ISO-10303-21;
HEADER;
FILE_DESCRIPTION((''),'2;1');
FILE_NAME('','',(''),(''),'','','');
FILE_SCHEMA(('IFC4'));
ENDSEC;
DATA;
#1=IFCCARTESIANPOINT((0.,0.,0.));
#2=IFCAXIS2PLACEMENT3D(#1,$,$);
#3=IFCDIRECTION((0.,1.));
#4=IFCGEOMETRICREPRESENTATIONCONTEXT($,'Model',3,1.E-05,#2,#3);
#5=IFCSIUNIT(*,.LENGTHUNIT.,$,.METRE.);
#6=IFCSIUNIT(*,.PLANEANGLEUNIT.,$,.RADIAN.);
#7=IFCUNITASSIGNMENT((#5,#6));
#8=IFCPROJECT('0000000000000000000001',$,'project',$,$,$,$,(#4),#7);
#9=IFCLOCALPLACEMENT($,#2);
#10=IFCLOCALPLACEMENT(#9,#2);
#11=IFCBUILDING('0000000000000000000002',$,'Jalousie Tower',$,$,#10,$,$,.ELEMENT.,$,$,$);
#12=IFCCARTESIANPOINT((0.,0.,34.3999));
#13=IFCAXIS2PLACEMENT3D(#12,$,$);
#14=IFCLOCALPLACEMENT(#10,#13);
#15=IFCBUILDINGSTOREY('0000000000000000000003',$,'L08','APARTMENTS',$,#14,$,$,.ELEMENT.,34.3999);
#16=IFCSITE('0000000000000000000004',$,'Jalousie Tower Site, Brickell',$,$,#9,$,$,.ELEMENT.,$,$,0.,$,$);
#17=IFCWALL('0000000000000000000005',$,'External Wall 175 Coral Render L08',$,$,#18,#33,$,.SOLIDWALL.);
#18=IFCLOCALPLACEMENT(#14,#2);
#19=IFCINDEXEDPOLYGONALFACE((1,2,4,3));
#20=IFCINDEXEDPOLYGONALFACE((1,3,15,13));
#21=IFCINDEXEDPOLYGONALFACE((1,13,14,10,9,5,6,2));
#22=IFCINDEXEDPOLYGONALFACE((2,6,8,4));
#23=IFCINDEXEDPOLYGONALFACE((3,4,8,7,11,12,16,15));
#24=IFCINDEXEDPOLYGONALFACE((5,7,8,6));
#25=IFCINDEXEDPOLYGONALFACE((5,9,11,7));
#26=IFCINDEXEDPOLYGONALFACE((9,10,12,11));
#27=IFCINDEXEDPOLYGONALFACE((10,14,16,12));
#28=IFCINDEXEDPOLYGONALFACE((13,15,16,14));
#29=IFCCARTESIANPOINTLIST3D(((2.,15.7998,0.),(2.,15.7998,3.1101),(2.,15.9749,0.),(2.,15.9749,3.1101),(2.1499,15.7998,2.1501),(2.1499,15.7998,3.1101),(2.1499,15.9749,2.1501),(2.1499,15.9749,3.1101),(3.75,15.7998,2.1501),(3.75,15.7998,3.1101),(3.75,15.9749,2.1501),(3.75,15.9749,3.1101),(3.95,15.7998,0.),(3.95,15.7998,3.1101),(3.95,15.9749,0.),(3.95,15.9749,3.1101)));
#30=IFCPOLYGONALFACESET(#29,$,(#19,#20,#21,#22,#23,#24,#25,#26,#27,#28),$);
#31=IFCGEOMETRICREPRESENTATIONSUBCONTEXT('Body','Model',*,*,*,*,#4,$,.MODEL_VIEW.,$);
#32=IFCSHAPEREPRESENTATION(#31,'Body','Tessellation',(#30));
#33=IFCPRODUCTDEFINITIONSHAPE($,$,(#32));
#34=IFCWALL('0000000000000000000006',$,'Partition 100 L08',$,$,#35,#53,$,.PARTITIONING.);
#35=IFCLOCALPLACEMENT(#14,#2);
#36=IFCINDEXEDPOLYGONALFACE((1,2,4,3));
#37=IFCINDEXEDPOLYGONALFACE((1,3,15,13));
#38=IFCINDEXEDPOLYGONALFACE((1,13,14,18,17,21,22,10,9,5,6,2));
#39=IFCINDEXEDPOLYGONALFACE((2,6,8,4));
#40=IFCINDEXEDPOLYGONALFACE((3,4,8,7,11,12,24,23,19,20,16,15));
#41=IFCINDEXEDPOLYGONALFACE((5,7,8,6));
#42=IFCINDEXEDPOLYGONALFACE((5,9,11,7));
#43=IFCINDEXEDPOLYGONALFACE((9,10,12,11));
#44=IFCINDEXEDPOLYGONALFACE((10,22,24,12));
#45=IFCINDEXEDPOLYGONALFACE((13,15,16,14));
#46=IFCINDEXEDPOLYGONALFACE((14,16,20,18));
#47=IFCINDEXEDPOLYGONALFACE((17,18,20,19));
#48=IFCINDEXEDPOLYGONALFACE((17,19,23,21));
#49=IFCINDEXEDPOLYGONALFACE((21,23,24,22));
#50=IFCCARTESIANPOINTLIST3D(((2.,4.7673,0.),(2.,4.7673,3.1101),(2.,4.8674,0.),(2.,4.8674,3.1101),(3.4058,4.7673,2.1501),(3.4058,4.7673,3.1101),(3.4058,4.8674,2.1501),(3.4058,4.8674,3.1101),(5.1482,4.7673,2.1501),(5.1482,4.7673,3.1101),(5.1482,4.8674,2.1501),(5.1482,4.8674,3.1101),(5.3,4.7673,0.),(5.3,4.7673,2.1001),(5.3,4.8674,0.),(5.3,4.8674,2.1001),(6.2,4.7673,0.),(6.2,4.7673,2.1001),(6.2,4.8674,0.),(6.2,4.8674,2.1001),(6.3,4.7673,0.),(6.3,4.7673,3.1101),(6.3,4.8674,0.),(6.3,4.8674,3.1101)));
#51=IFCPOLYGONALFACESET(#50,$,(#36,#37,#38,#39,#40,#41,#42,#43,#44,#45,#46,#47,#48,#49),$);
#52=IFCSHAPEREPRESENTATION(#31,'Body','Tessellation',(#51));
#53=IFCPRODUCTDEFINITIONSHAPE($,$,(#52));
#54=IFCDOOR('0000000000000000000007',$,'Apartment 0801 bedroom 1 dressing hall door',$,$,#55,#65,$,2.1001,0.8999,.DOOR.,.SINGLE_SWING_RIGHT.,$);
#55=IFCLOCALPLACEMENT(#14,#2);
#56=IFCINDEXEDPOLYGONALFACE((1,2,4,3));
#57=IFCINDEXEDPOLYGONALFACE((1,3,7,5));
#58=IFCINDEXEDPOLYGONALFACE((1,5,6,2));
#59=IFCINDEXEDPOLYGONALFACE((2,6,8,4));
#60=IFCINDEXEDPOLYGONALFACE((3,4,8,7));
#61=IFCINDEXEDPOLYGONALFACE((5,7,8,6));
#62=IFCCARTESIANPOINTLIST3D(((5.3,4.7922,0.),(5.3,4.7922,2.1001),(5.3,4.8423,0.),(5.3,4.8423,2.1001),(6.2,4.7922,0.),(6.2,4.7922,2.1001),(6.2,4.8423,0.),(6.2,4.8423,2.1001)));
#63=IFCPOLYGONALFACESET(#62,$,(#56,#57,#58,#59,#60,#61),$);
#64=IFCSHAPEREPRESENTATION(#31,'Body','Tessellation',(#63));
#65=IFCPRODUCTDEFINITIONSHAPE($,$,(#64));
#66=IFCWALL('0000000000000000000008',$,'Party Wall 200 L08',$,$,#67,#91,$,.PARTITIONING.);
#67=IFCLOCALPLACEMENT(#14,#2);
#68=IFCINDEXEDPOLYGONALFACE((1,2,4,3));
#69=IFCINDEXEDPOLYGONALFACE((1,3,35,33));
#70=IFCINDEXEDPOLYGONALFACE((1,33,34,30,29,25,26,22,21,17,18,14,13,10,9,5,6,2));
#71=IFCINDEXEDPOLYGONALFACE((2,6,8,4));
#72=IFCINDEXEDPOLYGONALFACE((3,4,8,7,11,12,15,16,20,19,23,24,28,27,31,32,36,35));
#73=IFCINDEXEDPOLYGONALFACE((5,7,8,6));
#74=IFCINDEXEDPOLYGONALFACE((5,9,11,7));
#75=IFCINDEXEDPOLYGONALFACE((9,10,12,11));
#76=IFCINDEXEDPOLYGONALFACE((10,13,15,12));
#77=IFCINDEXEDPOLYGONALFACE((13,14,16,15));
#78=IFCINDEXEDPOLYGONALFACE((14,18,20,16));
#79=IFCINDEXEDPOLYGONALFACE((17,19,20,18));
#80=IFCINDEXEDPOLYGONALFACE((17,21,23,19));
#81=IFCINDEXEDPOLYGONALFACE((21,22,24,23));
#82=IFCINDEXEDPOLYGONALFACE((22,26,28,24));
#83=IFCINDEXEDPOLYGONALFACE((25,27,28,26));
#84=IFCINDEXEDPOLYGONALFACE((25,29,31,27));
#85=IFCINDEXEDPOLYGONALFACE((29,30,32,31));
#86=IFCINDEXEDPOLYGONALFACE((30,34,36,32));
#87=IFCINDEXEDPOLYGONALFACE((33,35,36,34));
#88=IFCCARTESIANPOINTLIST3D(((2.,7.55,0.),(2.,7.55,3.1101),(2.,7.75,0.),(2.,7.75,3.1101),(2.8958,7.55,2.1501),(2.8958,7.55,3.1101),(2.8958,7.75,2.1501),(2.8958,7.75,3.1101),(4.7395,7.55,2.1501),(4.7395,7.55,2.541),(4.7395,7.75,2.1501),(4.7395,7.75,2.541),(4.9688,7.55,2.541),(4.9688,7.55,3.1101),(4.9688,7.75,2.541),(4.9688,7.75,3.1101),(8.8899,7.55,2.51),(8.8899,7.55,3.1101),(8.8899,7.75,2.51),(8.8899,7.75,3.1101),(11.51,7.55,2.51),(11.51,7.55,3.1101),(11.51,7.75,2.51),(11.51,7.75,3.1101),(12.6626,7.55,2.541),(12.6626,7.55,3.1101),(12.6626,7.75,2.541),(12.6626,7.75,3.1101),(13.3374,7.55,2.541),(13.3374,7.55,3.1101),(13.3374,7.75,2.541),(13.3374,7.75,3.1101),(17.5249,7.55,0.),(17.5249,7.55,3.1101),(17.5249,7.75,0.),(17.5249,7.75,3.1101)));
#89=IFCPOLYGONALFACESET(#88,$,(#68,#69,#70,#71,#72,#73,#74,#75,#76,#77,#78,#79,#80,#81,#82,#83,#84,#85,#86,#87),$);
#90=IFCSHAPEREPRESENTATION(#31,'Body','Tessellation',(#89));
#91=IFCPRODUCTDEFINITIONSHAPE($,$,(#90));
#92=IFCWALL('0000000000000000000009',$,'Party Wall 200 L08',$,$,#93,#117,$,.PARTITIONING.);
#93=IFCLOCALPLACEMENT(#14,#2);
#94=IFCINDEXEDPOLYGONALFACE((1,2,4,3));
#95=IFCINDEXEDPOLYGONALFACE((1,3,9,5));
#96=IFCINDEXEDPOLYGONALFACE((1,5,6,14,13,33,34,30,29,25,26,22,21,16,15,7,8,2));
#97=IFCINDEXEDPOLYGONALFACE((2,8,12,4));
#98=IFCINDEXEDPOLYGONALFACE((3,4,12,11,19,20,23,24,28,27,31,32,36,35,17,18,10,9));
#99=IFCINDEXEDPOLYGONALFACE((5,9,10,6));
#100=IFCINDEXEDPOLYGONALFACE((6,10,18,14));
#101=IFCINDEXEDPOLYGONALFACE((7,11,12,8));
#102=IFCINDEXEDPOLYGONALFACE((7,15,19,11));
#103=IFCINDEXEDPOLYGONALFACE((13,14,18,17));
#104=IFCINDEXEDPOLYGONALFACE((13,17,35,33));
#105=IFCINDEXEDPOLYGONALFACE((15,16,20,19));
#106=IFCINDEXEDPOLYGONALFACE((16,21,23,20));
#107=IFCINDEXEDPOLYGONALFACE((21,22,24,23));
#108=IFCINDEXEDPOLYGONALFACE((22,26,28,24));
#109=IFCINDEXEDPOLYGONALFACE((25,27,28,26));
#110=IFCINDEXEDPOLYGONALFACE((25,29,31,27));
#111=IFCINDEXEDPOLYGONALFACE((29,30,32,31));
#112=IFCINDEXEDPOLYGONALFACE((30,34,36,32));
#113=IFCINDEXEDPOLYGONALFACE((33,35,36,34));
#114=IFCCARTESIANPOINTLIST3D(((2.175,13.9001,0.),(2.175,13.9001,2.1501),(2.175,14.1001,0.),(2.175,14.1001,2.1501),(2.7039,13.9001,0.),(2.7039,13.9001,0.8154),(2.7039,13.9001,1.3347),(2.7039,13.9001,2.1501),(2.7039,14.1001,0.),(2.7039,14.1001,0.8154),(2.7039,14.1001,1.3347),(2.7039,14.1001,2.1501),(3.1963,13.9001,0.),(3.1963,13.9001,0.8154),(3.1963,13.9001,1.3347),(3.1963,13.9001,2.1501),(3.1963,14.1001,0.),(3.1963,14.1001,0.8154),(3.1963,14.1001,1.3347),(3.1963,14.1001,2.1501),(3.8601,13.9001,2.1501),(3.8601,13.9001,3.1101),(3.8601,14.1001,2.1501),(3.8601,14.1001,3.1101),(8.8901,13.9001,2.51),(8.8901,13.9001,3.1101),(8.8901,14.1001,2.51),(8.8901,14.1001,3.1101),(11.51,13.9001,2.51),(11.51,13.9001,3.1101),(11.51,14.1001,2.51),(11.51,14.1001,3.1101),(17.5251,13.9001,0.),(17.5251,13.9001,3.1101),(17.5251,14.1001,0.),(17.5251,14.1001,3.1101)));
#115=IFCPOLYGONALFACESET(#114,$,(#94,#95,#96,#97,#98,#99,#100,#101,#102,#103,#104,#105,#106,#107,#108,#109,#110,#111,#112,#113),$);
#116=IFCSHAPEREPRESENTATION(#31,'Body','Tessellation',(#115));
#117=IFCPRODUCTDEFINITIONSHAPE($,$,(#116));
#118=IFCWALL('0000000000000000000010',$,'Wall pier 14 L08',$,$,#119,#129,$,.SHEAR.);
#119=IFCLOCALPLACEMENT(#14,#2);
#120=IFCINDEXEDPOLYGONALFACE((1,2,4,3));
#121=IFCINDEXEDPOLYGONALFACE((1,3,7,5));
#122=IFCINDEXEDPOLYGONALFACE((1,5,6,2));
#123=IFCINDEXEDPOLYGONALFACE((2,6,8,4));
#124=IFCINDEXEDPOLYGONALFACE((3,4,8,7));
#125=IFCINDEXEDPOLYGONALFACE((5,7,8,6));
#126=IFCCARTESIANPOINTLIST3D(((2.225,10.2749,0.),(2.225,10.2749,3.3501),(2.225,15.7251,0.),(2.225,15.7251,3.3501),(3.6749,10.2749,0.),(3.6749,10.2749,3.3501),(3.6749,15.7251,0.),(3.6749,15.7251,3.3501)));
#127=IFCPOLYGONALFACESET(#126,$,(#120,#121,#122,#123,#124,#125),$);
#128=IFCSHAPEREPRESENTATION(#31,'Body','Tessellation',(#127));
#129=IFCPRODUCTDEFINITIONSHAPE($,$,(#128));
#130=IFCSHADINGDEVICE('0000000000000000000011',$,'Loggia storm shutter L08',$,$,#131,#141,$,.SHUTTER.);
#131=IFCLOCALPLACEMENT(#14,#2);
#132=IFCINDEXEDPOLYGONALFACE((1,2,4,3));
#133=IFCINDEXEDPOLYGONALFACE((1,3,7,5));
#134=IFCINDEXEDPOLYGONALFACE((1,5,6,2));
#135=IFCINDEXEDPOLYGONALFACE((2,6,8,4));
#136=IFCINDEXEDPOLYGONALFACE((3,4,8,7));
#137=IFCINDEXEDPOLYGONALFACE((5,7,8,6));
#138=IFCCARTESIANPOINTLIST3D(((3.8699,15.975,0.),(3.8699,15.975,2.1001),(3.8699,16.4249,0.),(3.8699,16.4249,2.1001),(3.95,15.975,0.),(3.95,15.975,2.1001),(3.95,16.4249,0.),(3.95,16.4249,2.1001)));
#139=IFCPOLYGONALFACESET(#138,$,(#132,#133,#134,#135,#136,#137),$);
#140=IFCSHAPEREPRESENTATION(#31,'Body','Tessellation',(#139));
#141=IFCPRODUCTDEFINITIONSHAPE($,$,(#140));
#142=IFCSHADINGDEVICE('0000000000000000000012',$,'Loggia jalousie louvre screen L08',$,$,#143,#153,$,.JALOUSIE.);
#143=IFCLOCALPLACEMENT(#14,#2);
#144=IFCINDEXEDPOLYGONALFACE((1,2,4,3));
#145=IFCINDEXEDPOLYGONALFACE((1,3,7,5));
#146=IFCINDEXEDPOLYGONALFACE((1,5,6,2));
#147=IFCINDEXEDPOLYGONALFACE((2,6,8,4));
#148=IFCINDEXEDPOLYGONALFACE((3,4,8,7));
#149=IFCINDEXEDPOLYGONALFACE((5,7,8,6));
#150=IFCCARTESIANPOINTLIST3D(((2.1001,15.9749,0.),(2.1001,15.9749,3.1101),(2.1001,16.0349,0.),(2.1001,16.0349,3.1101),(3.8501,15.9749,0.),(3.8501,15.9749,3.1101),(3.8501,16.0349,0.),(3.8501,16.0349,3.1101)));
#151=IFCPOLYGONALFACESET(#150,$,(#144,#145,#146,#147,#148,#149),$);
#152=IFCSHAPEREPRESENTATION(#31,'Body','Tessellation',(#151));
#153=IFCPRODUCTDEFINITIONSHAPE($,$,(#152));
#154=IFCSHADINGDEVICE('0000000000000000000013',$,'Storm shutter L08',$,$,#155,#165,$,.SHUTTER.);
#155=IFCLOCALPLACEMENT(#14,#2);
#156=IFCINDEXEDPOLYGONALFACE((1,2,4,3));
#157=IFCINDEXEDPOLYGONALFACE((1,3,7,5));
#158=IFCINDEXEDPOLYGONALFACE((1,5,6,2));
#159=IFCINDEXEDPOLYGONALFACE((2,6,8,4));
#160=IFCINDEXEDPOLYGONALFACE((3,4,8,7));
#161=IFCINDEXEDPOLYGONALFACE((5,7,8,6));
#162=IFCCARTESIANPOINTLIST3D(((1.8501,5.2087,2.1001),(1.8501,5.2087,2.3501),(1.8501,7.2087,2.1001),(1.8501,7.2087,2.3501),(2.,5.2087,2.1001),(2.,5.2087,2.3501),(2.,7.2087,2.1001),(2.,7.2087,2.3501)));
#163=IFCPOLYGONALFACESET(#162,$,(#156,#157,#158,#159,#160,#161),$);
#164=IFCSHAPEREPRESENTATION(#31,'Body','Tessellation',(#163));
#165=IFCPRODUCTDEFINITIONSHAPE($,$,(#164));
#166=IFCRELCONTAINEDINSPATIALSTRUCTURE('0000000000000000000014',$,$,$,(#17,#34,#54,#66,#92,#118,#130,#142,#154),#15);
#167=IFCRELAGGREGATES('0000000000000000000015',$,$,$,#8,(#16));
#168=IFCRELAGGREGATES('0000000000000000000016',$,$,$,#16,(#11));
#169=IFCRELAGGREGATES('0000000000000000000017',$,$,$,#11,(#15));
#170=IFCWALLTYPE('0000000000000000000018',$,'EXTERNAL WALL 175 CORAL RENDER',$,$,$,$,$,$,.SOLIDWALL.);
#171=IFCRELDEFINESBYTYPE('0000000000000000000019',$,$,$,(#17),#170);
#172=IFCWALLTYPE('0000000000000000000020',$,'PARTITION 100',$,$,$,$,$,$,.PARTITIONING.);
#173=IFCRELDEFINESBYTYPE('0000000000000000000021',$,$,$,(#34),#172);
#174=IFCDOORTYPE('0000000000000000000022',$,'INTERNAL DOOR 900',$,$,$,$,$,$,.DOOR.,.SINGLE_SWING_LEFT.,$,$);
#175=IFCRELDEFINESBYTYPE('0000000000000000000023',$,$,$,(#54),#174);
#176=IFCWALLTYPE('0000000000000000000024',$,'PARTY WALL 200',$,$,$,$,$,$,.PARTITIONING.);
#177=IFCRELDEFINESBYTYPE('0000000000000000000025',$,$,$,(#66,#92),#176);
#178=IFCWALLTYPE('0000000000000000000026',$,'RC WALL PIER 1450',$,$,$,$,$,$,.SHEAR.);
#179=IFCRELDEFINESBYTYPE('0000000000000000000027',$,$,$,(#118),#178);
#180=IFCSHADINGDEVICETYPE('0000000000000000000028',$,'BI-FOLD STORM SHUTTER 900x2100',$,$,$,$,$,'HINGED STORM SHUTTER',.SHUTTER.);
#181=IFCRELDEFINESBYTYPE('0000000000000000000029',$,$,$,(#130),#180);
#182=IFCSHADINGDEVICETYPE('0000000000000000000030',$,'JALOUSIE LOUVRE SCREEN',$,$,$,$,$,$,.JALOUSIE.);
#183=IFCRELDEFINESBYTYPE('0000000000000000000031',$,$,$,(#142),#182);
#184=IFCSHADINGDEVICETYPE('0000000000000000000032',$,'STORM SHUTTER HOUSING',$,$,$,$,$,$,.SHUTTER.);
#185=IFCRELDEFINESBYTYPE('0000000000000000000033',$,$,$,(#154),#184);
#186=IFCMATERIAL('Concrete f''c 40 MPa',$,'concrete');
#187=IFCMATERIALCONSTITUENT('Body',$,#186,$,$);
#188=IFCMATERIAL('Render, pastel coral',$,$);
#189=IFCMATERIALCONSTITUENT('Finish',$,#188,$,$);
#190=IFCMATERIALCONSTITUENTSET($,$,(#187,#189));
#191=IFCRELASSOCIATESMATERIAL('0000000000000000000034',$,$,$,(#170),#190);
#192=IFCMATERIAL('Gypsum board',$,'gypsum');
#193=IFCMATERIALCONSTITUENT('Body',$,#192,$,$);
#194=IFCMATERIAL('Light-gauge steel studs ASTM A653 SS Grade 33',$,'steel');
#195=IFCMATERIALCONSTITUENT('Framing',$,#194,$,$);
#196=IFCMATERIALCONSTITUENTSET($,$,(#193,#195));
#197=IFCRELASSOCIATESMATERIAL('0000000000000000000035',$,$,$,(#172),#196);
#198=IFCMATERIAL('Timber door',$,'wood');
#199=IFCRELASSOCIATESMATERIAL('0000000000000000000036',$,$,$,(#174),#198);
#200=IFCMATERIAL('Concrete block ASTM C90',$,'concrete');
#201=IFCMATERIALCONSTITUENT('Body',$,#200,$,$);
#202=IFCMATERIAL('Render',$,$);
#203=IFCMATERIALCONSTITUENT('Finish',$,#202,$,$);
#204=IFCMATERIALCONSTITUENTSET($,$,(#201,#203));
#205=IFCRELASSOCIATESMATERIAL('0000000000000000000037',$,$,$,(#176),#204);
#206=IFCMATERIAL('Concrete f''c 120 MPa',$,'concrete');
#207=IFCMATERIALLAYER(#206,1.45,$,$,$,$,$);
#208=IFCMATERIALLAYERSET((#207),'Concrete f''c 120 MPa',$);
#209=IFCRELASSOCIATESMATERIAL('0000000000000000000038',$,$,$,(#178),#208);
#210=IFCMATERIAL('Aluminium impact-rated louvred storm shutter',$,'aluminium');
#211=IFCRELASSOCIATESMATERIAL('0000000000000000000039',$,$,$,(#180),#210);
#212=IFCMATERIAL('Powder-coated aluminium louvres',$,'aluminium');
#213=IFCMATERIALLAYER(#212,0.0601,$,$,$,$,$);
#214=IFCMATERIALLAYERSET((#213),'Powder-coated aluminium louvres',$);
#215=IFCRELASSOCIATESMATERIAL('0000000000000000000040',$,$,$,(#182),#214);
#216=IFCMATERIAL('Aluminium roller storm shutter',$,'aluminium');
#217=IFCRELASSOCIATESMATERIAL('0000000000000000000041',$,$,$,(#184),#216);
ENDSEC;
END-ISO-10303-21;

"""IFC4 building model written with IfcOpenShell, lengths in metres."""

from ifc_helpers import new_model, si_unit, direction, frame, frame_2d, origin, origin_2d, place, context, subcontext, project, spatial, polyline, rectangle, outline, extrude, material, layer, layer_set, constituent, constituent_set, type_object, element, fill, save


model = new_model("IFC4")

# Units and contexts
model_context = context("Model", 3, precision=1e-05, world=origin(), true_north=direction((0.0, 1.0)))
body_context = subcontext(model_context, "Body", "Model", "MODEL_VIEW")
ifc_project = project(units=[si_unit("LENGTHUNIT", "METRE"), si_unit("PLANEANGLEUNIT", "RADIAN")], contexts=[model_context])

# Site, building, storey
site_placement = place(None, origin())
site = spatial("IfcSite", under=ifc_project, at=site_placement, Name="Jalousie Tower Site, Brickell", CompositionType="ELEMENT", RefElevation=0.0)
building_placement = place(site_placement, origin())
building = spatial("IfcBuilding", under=site, at=building_placement, Name="Jalousie Tower", CompositionType="ELEMENT")
storey_placement = place(building_placement, frame((0.0, 0.0, 34.3999)))
storey = spatial("IfcBuildingStorey", under=building, at=storey_placement, Name="L08", Description="APARTMENTS", CompositionType="ELEMENT", Elevation=34.3999)

# Shared definitions
ifc_material_1 = material(Name="Concrete f'c 40 MPa", Category="concrete")
ifc_constituent_1 = constituent(ifc_material_1, Name="Body")
ifc_material_2 = material(Name="Render, pastel coral")
ifc_constituent_2 = constituent(ifc_material_2, Name="Finish")
ifc_constituent_set_1 = constituent_set(constituents=[ifc_constituent_1, ifc_constituent_2])
wall_type_1 = type_object("IfcWallType", Name="EXTERNAL WALL 175 CORAL RENDER", PredefinedType="SOLIDWALL", material=ifc_constituent_set_1)

# Wall
wall_1_placement = place(storey_placement, frame((2.0, 15.8875, 0.0), z_axis=(0.0, 0.0, 1.0), x_axis=(1.0, 0.0, 0.0)))
element("IfcWall", 1, at=wall_1_placement, inside=storey, type_object=wall_type_1, Name="External Wall 175 Coral Render L08", PredefinedType="SOLIDWALL", context=body_context, shape_type="SweptSolid", body=[
    extrude(outline(polyline([(0.0, 0.0), (1.95, 0.0), (1.95, 3.1101), (1.75, 3.1101), (1.75, 2.1501), (0.1499, 2.1501), (0.1499, 3.1101), (0.0, 3.1101), (0.0, 0.0)])), frame((0.0, 0.0874, 0.0), z_axis=(0.0, -1.0, 0.0), x_axis=(1.0, 0.0, 0.0)), (0.0, 0.0, 1.0), 0.175),
])

# Wall, opening, door
ifc_material_3 = material(Name="Gypsum board", Category="gypsum")
ifc_constituent_3 = constituent(ifc_material_3, Name="Body")
ifc_material_4 = material(Name="Light-gauge steel studs ASTM A653 SS Grade 33", Category="steel")
ifc_constituent_4 = constituent(ifc_material_4, Name="Framing")
ifc_constituent_set_2 = constituent_set(constituents=[ifc_constituent_3, ifc_constituent_4])
wall_type_2 = type_object("IfcWallType", Name="PARTITION 100", PredefinedType="PARTITIONING", material=ifc_constituent_set_2)
wall_2_placement = place(storey_placement, frame((2.0, 4.8174, 0.0), z_axis=(0.0, 0.0, 1.0), x_axis=(1.0, 0.0, 0.0)))
wall_2 = element("IfcWall", 2, at=wall_2_placement, inside=storey, type_object=wall_type_2, Name="Partition 100 L08", PredefinedType="PARTITIONING", context=body_context, shape_type="SweptSolid", body=[
    extrude(outline(polyline([(0.0, 0.0), (4.3, 0.0), (4.3, 3.1101), (3.1482, 3.1101), (3.1482, 2.1501), (1.4058, 2.1501), (1.4058, 3.1101), (0.0, 3.1101), (0.0, 0.0)])), frame((0.0, 0.05, 0.0), z_axis=(0.0, -1.0, 0.0), x_axis=(1.0, 0.0, 0.0)), (0.0, 0.0, 1.0), 0.1001),
])
opening_1_placement = place(wall_2_placement, frame((3.3, 0.0, 0.0)))
opening_1 = element("IfcOpeningElement", 3, at=opening_1_placement, cuts=wall_2, PredefinedType="OPENING", context=body_context, shape_type="SweptSolid", body=[
    extrude(rectangle(XDim=0.8999, YDim=2.1001, at=frame_2d((0.45, 1.05))), frame((0.0, 0.0601, 0.0), z_axis=(0.0, -1.0, 0.0), x_axis=(1.0, 0.0, 0.0)), (0.0, 0.0, 1.0), 0.1201),
])
ifc_material_5 = material(Name="Timber door", Category="wood")
door_type = type_object("IfcDoorType", Name="INTERNAL DOOR 900", OperationType="SINGLE_SWING_LEFT", PredefinedType="DOOR", material=ifc_material_5)
door_placement = place(opening_1_placement, origin())
door = element("IfcDoor", 4, at=door_placement, inside=storey, type_object=door_type, Name="Apartment 0801 bedroom 1 dressing hall door", OperationType="SINGLE_SWING_RIGHT", OverallHeight=2.1001, OverallWidth=0.8999, PredefinedType="DOOR", context=body_context, shape_type="SweptSolid", body=[
    extrude(rectangle(XDim=0.8999, YDim=2.1001, at=frame_2d((0.45, 1.05))), frame((0.0, 0.0249, 0.0), z_axis=(0.0, -1.0, 0.0), x_axis=(1.0, 0.0, 0.0)), (0.0, 0.0, 1.0), 0.05),
])
fill(opening_1, door)

# Walls
ifc_material_6 = material(Name="Concrete block ASTM C90", Category="concrete")
ifc_constituent_5 = constituent(ifc_material_6, Name="Body")
ifc_material_7 = material(Name="Render")
ifc_constituent_6 = constituent(ifc_material_7, Name="Finish")
ifc_constituent_set_3 = constituent_set(constituents=[ifc_constituent_5, ifc_constituent_6])
wall_type_3 = type_object("IfcWallType", Name="PARTY WALL 200", PredefinedType="PARTITIONING", material=ifc_constituent_set_3)
wall_3_placement = place(storey_placement, frame((2.0, 7.6499, 0.0), z_axis=(0.0, 0.0, 1.0), x_axis=(1.0, 0.0, 0.0)))
element("IfcWall", 5, at=wall_3_placement, inside=storey, type_object=wall_type_3, Name="Party Wall 200 L08", PredefinedType="PARTITIONING", context=body_context, shape_type="SweptSolid", body=[
    extrude(outline(polyline([(0.0, 0.0), (15.5249, 0.0), (15.5249, 3.1101), (11.3374, 3.1101), (11.3374, 2.541), (10.6626, 2.541), (10.6626, 3.1101), (9.51, 3.1101), (9.51, 2.51), (6.8899, 2.51), (6.8899, 3.1101), (2.9688, 3.1101), (2.9688, 2.541), (2.7395, 2.541), (2.7395, 2.1501), (0.8958, 2.1501), (0.8958, 3.1101), (0.0, 3.1101), (0.0, 0.0)])), frame((0.0, 0.1001, 0.0), z_axis=(0.0, -1.0, 0.0), x_axis=(1.0, 0.0, 0.0)), (0.0, 0.0, 1.0), 0.2),
])
wall_4_placement = place(storey_placement, frame((2.175, 14.0, 0.0), z_axis=(0.0, 0.0, 1.0), x_axis=(1.0, 0.0, 0.0)))
element("IfcWall", 6, at=wall_4_placement, inside=storey, type_object=wall_type_3, Name="Party Wall 200 L08", PredefinedType="PARTITIONING", context=body_context, shape_type="SweptSolid", body=[
    extrude(outline(polyline([(0.5288, 2.1501), (0.0, 2.1501), (0.0, 0.0), (0.5288, 0.0), (0.5288, 0.8154), (1.0212, 0.8154), (1.0212, 0.0), (15.3501, 0.0), (15.3501, 3.1101), (9.335, 3.1101), (9.335, 2.51), (6.7151, 2.51), (6.7151, 3.1101), (1.6851, 3.1101), (1.6851, 2.1501), (1.0212, 2.1501), (1.0212, 1.3347), (0.5288, 1.3347), (0.5288, 2.1501)])), frame((0.0, 0.1001, 0.0), z_axis=(0.0, -1.0, 0.0), x_axis=(1.0, 0.0, 0.0)), (0.0, 0.0, 1.0), 0.2),
])
ifc_material_8 = material(Name="Concrete f'c 120 MPa", Category="concrete")
ifc_layer_1 = layer(ifc_material_8, 1.45)
ifc_layer_set_1 = layer_set([ifc_layer_1], Name="Concrete f'c 120 MPa")
wall_type_4 = type_object("IfcWallType", Name="RC WALL PIER 1450", PredefinedType="SHEAR", material=ifc_layer_set_1)
wall_5_placement = place(storey_placement, frame((2.95, 10.2749, 0.0), z_axis=(0.0, 0.0, 1.0), x_axis=(0.0, 1.0, 0.0)))
element("IfcWall", 7, at=wall_5_placement, inside=storey, type_object=wall_type_4, Name="Wall pier 14 L08", PredefinedType="SHEAR", context=body_context, shape_type="SweptSolid", body=[
    extrude(rectangle(XDim=5.4502, YDim=1.45, at=frame_2d((2.7251, 0.0))), origin(), (0.0, 0.0, 1.0), 3.3501),
])

# Shading devices
ifc_material_9 = material(Name="Aluminium impact-rated louvred storm shutter", Category="aluminium")
shading_device_type_1 = type_object("IfcShadingDeviceType", Name="BI-FOLD STORM SHUTTER 900x2100", ElementType="HINGED STORM SHUTTER", PredefinedType="SHUTTER", material=ifc_material_9)
shading_device_1_placement = place(storey_placement, frame((3.9099, 16.2, 0.0), z_axis=(0.0, 0.0, 1.0), x_axis=(0.0, -1.0, 0.0)))
element("IfcShadingDevice", 8, at=shading_device_1_placement, inside=storey, type_object=shading_device_type_1, Name="Loggia storm shutter L08", PredefinedType="SHUTTER", context=body_context, shape_type="SweptSolid", body=[
    extrude(rectangle(XDim=0.45, YDim=0.0801, at=origin_2d()), origin(), (0.0, 0.0, 1.0), 2.1001),
])
ifc_material_10 = material(Name="Powder-coated aluminium louvres", Category="aluminium")
ifc_layer_2 = layer(ifc_material_10, 0.0601)
ifc_layer_set_2 = layer_set([ifc_layer_2], Name="Powder-coated aluminium louvres")
shading_device_type_2 = type_object("IfcShadingDeviceType", Name="JALOUSIE LOUVRE SCREEN", PredefinedType="JALOUSIE", material=ifc_layer_set_2)
shading_device_2_placement = place(storey_placement, frame((2.9751, 16.0049, 0.0), z_axis=(0.0, 0.0, 1.0), x_axis=(0.0, -1.0, 0.0)))
element("IfcShadingDevice", 9, at=shading_device_2_placement, inside=storey, type_object=shading_device_type_2, Name="Loggia jalousie louvre screen L08", PredefinedType="JALOUSIE", context=body_context, shape_type="SweptSolid", body=[
    extrude(rectangle(XDim=0.0601, YDim=1.75, at=origin_2d()), origin(), (0.0, 0.0, 1.0), 3.1101),
])
ifc_material_11 = material(Name="Aluminium roller storm shutter", Category="aluminium")
shading_device_type_3 = type_object("IfcShadingDeviceType", Name="STORM SHUTTER HOUSING", PredefinedType="SHUTTER", material=ifc_material_11)
shading_device_3_placement = place(storey_placement, frame((1.925, 6.2087, 2.1001), z_axis=(0.0, 0.0, 1.0), x_axis=(0.0, -1.0, 0.0)))
element("IfcShadingDevice", 10, at=shading_device_3_placement, inside=storey, type_object=shading_device_type_3, Name="Storm shutter L08", PredefinedType="SHUTTER", context=body_context, shape_type="SweptSolid", body=[
    extrude(rectangle(XDim=2.0, YDim=0.1499, at=origin_2d()), origin(), (0.0, 0.0, 1.0), 0.25),
])

save(model, "model.ifc")
